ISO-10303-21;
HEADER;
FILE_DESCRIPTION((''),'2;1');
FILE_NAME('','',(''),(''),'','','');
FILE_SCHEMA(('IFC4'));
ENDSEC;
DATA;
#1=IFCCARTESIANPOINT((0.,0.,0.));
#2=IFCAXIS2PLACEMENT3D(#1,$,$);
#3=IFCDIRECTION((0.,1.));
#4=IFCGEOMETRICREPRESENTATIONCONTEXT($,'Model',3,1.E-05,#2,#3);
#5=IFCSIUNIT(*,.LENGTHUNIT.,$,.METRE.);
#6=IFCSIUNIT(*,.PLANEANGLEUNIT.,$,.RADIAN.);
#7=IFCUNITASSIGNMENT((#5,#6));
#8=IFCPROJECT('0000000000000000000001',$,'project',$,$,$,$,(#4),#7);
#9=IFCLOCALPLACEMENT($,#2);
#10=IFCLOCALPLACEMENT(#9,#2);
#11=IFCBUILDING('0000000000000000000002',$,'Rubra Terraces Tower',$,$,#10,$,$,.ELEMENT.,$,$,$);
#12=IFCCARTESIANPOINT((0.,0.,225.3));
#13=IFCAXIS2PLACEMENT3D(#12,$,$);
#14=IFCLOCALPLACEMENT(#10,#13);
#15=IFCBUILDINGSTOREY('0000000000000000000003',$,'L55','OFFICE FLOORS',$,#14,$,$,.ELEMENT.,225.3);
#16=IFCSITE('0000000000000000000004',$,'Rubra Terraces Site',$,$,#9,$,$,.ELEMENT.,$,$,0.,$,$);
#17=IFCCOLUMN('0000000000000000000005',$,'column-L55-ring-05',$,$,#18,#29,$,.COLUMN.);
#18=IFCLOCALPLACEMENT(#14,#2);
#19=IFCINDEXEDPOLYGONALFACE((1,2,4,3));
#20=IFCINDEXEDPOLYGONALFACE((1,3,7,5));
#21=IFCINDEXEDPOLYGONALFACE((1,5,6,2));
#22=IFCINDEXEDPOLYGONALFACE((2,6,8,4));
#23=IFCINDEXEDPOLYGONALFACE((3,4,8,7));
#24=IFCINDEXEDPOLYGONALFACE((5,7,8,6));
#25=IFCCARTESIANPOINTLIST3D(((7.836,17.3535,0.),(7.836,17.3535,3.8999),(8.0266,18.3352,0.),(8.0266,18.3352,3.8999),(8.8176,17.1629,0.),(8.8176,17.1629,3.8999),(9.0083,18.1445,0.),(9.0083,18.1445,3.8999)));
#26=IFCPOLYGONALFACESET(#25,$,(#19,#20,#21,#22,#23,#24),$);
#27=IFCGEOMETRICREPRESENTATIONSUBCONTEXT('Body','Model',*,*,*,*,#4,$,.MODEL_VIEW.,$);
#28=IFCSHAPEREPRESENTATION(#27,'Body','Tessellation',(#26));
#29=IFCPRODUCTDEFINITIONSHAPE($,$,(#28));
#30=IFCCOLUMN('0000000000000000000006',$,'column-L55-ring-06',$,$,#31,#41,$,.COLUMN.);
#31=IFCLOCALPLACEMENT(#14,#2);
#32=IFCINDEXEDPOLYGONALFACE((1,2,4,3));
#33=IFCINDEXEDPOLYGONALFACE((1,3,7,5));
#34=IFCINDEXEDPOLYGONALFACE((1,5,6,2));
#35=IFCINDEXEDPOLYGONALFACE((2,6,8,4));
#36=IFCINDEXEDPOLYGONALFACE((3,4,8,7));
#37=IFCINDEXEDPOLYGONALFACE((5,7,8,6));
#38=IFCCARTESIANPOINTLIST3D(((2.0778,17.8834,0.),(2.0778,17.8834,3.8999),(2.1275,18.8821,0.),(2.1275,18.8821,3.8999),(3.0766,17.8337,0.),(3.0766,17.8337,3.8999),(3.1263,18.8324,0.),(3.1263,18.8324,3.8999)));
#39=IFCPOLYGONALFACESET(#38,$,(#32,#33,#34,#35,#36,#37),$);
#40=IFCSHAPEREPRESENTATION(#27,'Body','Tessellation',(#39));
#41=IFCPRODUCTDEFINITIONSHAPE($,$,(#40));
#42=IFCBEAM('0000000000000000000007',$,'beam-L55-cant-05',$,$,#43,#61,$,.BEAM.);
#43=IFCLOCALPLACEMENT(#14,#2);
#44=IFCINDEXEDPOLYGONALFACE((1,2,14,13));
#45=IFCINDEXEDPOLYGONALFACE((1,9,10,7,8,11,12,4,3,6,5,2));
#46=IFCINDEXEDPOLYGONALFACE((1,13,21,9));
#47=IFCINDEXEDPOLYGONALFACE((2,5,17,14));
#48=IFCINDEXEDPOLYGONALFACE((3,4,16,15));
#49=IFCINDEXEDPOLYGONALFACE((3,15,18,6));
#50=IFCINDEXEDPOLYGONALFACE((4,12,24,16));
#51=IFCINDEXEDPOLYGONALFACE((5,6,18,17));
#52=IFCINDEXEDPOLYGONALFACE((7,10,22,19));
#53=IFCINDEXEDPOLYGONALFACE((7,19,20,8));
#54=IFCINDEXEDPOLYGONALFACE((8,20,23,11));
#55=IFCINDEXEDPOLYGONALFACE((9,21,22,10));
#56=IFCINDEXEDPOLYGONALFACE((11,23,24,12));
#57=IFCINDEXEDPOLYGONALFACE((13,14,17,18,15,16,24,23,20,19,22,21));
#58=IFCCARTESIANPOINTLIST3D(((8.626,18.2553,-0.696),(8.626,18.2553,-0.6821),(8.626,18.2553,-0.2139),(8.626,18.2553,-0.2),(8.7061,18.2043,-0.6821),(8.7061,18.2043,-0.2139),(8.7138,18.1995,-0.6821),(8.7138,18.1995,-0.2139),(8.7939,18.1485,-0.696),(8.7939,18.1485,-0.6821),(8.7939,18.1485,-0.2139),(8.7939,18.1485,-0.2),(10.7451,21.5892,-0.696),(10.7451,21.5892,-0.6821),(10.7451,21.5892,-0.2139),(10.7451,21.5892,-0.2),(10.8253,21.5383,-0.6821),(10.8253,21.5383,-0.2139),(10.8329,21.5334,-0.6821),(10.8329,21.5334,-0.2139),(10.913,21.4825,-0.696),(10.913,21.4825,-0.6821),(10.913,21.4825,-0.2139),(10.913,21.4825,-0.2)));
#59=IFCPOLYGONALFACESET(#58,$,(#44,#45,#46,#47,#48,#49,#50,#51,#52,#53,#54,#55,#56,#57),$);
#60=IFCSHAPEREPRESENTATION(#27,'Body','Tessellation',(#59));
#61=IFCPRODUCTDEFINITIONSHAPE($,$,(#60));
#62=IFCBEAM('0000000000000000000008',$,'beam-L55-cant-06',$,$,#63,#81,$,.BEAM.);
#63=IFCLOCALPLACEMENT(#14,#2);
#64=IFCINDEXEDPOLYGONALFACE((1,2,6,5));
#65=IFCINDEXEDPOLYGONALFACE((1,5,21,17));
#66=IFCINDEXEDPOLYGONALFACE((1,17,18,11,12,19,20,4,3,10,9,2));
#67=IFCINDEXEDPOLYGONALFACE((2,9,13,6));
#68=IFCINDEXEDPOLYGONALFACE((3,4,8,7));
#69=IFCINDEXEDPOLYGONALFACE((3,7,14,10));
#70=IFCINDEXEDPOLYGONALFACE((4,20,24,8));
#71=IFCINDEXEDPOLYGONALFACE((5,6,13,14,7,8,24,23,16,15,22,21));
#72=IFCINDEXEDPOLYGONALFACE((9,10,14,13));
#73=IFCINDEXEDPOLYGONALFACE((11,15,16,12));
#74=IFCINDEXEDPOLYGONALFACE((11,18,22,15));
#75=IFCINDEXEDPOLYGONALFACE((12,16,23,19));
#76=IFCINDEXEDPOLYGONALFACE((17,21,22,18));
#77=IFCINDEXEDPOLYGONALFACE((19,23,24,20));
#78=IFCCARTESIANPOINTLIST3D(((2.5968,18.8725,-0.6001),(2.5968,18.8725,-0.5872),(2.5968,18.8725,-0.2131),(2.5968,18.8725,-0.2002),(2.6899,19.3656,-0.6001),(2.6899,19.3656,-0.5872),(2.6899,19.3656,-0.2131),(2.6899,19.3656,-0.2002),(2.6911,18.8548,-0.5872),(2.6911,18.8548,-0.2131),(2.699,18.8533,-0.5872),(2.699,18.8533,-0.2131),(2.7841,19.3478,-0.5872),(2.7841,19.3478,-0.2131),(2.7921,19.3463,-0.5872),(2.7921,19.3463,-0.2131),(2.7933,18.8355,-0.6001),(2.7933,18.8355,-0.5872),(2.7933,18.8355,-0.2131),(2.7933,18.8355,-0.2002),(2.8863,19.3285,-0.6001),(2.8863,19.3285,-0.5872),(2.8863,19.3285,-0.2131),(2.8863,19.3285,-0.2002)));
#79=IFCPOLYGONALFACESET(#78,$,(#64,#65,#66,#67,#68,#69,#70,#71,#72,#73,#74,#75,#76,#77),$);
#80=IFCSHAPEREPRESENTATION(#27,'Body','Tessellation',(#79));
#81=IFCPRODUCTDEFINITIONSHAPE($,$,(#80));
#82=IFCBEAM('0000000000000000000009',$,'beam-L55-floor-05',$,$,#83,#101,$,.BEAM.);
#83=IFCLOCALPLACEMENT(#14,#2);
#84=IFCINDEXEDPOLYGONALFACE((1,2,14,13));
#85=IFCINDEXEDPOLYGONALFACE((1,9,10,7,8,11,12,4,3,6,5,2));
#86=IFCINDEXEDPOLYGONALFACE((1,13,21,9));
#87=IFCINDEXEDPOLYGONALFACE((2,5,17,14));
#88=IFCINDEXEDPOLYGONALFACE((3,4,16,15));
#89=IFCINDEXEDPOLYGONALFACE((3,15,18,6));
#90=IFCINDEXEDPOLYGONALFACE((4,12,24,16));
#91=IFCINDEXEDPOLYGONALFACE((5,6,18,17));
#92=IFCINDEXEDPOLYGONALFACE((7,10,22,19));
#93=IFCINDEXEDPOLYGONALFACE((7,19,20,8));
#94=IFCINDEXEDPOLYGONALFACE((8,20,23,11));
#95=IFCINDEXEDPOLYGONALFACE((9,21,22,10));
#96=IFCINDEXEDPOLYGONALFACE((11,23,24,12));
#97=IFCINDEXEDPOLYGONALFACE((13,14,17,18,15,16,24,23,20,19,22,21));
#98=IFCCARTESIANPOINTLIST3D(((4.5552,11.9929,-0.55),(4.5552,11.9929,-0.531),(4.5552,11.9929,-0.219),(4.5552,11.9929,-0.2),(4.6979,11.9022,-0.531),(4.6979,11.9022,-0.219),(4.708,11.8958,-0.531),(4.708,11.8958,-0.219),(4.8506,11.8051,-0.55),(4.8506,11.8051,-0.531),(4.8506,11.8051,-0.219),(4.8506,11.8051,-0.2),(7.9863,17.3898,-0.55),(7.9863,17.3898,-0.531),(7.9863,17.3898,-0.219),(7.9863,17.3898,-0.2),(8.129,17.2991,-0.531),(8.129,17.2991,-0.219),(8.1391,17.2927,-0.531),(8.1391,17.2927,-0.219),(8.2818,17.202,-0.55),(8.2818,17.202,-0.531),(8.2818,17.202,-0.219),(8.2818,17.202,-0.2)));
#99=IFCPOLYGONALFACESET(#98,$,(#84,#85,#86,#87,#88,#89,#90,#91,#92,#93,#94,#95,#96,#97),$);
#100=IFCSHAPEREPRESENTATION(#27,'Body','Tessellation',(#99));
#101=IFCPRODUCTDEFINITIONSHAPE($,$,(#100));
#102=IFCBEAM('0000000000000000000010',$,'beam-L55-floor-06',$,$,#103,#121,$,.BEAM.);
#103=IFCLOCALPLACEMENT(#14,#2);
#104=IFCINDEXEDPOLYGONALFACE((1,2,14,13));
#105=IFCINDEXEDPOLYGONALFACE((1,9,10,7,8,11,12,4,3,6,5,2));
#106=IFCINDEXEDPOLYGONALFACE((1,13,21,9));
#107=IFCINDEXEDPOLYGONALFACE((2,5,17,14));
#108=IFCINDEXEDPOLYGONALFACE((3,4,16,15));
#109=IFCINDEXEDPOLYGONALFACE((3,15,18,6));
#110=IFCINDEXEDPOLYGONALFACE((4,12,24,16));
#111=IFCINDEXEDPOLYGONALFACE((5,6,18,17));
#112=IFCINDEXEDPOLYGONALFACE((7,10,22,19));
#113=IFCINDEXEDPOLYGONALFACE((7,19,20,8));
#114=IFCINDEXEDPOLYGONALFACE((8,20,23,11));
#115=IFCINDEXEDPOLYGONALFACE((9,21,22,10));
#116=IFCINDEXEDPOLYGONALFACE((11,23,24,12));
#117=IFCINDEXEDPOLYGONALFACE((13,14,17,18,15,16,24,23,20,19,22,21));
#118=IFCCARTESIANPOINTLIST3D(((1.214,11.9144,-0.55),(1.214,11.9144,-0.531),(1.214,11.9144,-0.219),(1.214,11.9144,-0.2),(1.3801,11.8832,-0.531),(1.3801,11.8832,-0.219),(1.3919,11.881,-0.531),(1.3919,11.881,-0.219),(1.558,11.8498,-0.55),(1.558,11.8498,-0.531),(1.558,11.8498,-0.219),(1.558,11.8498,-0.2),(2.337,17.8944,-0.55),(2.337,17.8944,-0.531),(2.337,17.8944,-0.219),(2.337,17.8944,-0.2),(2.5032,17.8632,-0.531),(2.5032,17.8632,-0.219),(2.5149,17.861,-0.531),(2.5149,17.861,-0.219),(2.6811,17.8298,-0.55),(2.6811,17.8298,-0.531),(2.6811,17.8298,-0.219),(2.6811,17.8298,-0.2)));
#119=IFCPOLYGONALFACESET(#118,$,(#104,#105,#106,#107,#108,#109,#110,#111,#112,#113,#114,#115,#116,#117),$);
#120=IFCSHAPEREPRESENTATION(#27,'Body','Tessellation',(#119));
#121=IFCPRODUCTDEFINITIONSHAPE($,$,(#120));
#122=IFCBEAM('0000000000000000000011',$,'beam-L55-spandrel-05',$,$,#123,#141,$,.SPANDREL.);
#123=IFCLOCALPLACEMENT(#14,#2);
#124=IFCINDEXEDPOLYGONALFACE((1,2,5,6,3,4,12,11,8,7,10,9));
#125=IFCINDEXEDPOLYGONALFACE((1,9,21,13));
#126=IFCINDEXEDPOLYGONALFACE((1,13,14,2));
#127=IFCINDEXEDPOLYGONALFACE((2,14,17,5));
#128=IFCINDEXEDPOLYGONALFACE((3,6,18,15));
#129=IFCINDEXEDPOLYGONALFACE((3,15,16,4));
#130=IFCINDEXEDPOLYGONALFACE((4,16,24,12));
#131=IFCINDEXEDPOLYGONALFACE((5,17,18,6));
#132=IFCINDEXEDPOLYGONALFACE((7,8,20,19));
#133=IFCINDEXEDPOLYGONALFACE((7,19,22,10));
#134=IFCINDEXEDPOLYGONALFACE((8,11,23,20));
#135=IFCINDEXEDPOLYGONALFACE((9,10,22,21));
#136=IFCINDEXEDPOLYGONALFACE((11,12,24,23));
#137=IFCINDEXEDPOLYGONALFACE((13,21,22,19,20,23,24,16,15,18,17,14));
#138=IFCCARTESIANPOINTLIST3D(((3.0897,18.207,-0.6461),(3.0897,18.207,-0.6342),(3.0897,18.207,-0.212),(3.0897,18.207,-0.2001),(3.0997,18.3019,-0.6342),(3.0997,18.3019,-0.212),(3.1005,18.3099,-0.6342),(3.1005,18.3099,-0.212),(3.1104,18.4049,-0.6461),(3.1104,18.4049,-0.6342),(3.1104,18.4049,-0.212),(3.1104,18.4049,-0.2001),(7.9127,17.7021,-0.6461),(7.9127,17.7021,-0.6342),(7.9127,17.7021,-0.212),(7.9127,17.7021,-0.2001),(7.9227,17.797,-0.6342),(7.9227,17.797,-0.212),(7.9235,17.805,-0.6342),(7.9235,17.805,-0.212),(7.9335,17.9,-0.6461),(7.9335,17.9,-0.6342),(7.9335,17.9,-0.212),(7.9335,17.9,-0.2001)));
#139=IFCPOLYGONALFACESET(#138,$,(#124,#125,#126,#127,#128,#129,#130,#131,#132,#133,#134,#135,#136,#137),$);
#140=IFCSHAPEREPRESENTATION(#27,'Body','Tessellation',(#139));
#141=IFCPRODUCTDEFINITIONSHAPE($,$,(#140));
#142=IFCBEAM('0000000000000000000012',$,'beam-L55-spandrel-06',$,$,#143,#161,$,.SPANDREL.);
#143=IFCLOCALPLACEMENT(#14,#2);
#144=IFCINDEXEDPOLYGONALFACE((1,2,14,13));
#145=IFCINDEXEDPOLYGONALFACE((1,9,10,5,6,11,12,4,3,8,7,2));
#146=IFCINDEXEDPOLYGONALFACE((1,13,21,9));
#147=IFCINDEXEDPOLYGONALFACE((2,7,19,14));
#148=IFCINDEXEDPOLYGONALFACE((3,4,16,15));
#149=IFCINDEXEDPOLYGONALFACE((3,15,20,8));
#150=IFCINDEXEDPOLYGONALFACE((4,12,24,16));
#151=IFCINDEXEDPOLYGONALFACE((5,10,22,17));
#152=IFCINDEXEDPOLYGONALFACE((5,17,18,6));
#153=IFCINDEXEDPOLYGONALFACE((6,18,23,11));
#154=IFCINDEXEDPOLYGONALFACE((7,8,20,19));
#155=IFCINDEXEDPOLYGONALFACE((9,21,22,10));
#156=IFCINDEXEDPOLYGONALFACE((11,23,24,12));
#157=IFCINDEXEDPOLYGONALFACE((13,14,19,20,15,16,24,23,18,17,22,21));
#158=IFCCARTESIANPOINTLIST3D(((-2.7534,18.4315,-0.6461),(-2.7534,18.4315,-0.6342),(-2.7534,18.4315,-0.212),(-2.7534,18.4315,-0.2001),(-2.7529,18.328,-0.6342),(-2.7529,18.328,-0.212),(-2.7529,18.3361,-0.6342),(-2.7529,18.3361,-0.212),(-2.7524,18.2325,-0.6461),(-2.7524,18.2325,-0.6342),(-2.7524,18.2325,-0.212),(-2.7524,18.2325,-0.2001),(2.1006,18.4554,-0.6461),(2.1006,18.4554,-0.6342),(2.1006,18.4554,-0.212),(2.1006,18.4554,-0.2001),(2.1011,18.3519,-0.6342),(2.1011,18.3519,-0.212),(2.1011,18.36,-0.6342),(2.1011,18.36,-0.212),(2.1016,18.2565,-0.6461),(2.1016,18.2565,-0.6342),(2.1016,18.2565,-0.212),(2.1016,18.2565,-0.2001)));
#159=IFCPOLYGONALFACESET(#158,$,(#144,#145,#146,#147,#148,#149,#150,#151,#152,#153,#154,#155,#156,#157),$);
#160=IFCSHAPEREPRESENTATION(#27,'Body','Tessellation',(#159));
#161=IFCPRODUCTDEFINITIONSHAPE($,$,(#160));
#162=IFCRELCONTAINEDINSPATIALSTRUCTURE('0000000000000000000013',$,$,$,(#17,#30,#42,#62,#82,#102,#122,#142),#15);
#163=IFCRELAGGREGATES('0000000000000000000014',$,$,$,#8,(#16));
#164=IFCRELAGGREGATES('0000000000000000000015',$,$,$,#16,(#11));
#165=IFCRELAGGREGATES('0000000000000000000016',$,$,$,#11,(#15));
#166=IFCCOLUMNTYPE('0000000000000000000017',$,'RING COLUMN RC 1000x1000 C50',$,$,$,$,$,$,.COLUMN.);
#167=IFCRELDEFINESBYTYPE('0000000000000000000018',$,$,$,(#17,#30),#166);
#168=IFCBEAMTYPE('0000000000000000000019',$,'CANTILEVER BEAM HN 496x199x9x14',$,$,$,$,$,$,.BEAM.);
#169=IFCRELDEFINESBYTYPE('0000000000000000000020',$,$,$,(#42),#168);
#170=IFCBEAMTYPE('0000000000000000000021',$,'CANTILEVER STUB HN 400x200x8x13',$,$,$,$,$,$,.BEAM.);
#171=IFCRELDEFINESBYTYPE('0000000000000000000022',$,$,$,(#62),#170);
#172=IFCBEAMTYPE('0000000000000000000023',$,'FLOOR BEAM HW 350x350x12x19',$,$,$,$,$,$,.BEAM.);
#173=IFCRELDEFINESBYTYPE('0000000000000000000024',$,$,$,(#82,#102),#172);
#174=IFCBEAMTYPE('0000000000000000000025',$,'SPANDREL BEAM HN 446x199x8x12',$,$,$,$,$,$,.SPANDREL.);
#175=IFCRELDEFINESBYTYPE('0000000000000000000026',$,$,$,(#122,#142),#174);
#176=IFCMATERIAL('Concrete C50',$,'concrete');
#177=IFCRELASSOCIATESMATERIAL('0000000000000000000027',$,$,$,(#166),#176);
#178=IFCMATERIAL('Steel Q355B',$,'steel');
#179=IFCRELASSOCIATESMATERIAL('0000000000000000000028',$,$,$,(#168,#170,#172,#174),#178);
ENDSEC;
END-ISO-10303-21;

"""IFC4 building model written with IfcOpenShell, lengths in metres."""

from ifc_helpers import new_model, si_unit, direction, frame, origin, origin_2d, place, context, subcontext, project, spatial, rectangle, i_section, extrude, material, material_profile, profile_set, type_object, element, save


model = new_model("IFC4")

# Units and contexts
model_context = context("Model", 3, precision=1e-05, world=origin(), true_north=direction((0.0, 1.0)))
body_context = subcontext(model_context, "Body", "Model", "MODEL_VIEW")
ifc_project = project(units=[si_unit("LENGTHUNIT", "METRE"), si_unit("PLANEANGLEUNIT", "RADIAN")], contexts=[model_context])

# Site, building, storey
site_placement = place(None, origin())
site = spatial("IfcSite", under=ifc_project, at=site_placement, Name="Rubra Terraces Site", CompositionType="ELEMENT", RefElevation=0.0)
building_placement = place(site_placement, origin())
building = spatial("IfcBuilding", under=site, at=building_placement, Name="Rubra Terraces Tower", CompositionType="ELEMENT")
storey_placement = place(building_placement, frame((0.0, 0.0, 225.3)))
storey = spatial("IfcBuildingStorey", under=building, at=storey_placement, Name="L55", Description="OFFICE FLOORS", CompositionType="ELEMENT", Elevation=225.3)

# Columns
ifc_material_1 = material(Name="Concrete C50", Category="concrete")
ifc_material_profile_1 = material_profile(ifc_material_1, rectangle(XDim=1.0, YDim=1.0, at=origin_2d()), Name="RC 1000x1000")
ifc_profile_set_1 = profile_set([ifc_material_profile_1], Name="Concrete C50")
column_type = type_object("IfcColumnType", Name="RING COLUMN RC 1000x1000 C50", PredefinedType="COLUMN", material=ifc_profile_set_1)
for number, where, z_axis, x_axis, name in (
    (1, (8.4221, 17.749, 0.0), (0.0, 0.0, 1.0), (-0.981655, 0.190668, 0.0), "column-L55-ring-05"),
    (2, (2.6021, 18.3579, 0.0), (0.0, 0.0, 1.0), (-0.998764, 0.049699, 0.0), "column-L55-ring-06"),
):
    element("IfcColumn", number, at=place(storey_placement, frame(where, z_axis=z_axis, x_axis=x_axis)), inside=storey, type_object=column_type, Name=name, PredefinedType="COLUMN", context=body_context, shape_type="SweptSolid", body=[
        extrude(rectangle(XDim=1.0, YDim=1.0, at=origin_2d()), origin(), (0.0, 0.0, 1.0), 3.8999),
    ])

# Beams
ifc_material_2 = material(Name="Steel Q355B", Category="steel")
ifc_material_profile_2 = material_profile(ifc_material_2, i_section(OverallWidth=0.199, OverallDepth=0.4961, WebThickness=0.009, FlangeThickness=0.0139, at=origin_2d()), Name="HN 496x199x9x14")
ifc_profile_set_2 = profile_set([ifc_material_profile_2], Name="Steel Q355B")
beam_type_1 = type_object("IfcBeamType", Name="CANTILEVER BEAM HN 496x199x9x14", PredefinedType="BEAM", material=ifc_profile_set_2)
beam_1_placement = place(storey_placement, frame((8.71, 18.2019, -0.448), z_axis=(0.536428, 0.843946, 0.0), x_axis=(-0.843946, 0.536428, 0.0)))
element("IfcBeam", 3, at=beam_1_placement, inside=storey, type_object=beam_type_1, Name="beam-L55-cant-05", PredefinedType="BEAM", context=body_context, shape_type="SweptSolid", body=[
    extrude(i_section(OverallWidth=0.199, OverallDepth=0.4961, WebThickness=0.009, FlangeThickness=0.0139, at=origin_2d()), origin(), (0.0, 0.0, 1.0), 3.9504),
])
ifc_material_profile_3 = material_profile(ifc_material_2, i_section(OverallWidth=0.2, OverallDepth=0.3999, WebThickness=0.0081, FlangeThickness=0.0129, at=origin_2d()), Name="HN 400x200x8x13")
ifc_profile_set_3 = profile_set([ifc_material_profile_3], Name="Steel Q355B")
beam_type_2 = type_object("IfcBeamType", Name="CANTILEVER STUB HN 400x200x8x13", PredefinedType="BEAM", material=ifc_profile_set_3)
beam_2_placement = place(storey_placement, frame((2.6951, 18.854, -0.4001), z_axis=(0.185434, 0.982657, 0.0), x_axis=(-0.982657, 0.185434, 0.0)))
element("IfcBeam", 4, at=beam_2_placement, inside=storey, type_object=beam_type_2, Name="beam-L55-cant-06", PredefinedType="BEAM", context=body_context, shape_type="SweptSolid", body=[
    extrude(i_section(OverallWidth=0.2, OverallDepth=0.3999, WebThickness=0.0081, FlangeThickness=0.0129, at=origin_2d()), origin(), (0.0, 0.0, 1.0), 0.5017),
])
ifc_material_profile_4 = material_profile(ifc_material_2, i_section(OverallWidth=0.3501, OverallDepth=0.3501, WebThickness=0.012, FlangeThickness=0.019, at=origin_2d()), Name="HW 350x350x12x19")
ifc_profile_set_4 = profile_set([ifc_material_profile_4], Name="Steel Q355B")
beam_type_3 = type_object("IfcBeamType", Name="FLOOR BEAM HW 350x350x12x19", PredefinedType="BEAM", material=ifc_profile_set_4)
beam_3_placement = place(storey_placement, frame((8.134, 17.2959, -0.375), z_axis=(-0.53651, -0.843894, 0.0), x_axis=(0.843894, -0.53651, 0.0)))
element("IfcBeam", 5, at=beam_3_placement, inside=storey, type_object=beam_type_3, Name="beam-L55-floor-05", PredefinedType="BEAM", context=body_context, shape_type="SweptSolid", body=[
    extrude(i_section(OverallWidth=0.3501, OverallDepth=0.3501, WebThickness=0.012, FlangeThickness=0.019, at=origin_2d()), origin(), (0.0, 0.0, 1.0), 6.3953),
])
beam_4_placement = place(storey_placement, frame((2.509, 17.8621, -0.375), z_axis=(-0.184574, -0.982819, 0.0), x_axis=(0.982819, -0.184574, 0.0)))
element("IfcBeam", 6, at=beam_4_placement, inside=storey, type_object=beam_type_3, Name="beam-L55-floor-06", PredefinedType="BEAM", context=body_context, shape_type="SweptSolid", body=[
    extrude(i_section(OverallWidth=0.3501, OverallDepth=0.3501, WebThickness=0.012, FlangeThickness=0.019, at=origin_2d()), origin(), (0.0, 0.0, 1.0), 6.0845),
])
ifc_material_profile_5 = material_profile(ifc_material_2, i_section(OverallWidth=0.199, OverallDepth=0.446, WebThickness=0.0081, FlangeThickness=0.012, at=origin_2d()), Name="HN 446x199x8x12")
ifc_profile_set_5 = profile_set([ifc_material_profile_5], Name="Steel Q355B")
beam_type_4 = type_object("IfcBeamType", Name="SPANDREL BEAM HN 446x199x8x12", PredefinedType="SPANDREL", material=ifc_profile_set_5)
beam_5_placement = place(storey_placement, frame((7.9231, 17.801, -0.4231), z_axis=(-0.994565, 0.104113, 0.0), x_axis=(-0.104113, -0.994565, 0.0)))
element("IfcBeam", 7, at=beam_5_placement, inside=storey, type_object=beam_type_4, Name="beam-L55-spandrel-05", PredefinedType="SPANDREL", context=body_context, shape_type="SweptSolid", body=[
    extrude(i_section(OverallWidth=0.199, OverallDepth=0.446, WebThickness=0.0081, FlangeThickness=0.012, at=origin_2d()), origin(), (0.0, 0.0, 1.0), 4.8494),
])
beam_6_placement = place(storey_placement, frame((2.1011, 18.356, -0.4231), z_axis=(-0.999988, -0.004929, 0.0), x_axis=(0.004929, -0.999988, 0.0)))
element("IfcBeam", 8, at=beam_6_placement, inside=storey, type_object=beam_type_4, Name="beam-L55-spandrel-06", PredefinedType="SPANDREL", context=body_context, shape_type="SweptSolid", body=[
    extrude(i_section(OverallWidth=0.199, OverallDepth=0.446, WebThickness=0.0081, FlangeThickness=0.012, at=origin_2d()), origin(), (0.0, 0.0, 1.0), 4.854),
])

save(model, "model.ifc")
